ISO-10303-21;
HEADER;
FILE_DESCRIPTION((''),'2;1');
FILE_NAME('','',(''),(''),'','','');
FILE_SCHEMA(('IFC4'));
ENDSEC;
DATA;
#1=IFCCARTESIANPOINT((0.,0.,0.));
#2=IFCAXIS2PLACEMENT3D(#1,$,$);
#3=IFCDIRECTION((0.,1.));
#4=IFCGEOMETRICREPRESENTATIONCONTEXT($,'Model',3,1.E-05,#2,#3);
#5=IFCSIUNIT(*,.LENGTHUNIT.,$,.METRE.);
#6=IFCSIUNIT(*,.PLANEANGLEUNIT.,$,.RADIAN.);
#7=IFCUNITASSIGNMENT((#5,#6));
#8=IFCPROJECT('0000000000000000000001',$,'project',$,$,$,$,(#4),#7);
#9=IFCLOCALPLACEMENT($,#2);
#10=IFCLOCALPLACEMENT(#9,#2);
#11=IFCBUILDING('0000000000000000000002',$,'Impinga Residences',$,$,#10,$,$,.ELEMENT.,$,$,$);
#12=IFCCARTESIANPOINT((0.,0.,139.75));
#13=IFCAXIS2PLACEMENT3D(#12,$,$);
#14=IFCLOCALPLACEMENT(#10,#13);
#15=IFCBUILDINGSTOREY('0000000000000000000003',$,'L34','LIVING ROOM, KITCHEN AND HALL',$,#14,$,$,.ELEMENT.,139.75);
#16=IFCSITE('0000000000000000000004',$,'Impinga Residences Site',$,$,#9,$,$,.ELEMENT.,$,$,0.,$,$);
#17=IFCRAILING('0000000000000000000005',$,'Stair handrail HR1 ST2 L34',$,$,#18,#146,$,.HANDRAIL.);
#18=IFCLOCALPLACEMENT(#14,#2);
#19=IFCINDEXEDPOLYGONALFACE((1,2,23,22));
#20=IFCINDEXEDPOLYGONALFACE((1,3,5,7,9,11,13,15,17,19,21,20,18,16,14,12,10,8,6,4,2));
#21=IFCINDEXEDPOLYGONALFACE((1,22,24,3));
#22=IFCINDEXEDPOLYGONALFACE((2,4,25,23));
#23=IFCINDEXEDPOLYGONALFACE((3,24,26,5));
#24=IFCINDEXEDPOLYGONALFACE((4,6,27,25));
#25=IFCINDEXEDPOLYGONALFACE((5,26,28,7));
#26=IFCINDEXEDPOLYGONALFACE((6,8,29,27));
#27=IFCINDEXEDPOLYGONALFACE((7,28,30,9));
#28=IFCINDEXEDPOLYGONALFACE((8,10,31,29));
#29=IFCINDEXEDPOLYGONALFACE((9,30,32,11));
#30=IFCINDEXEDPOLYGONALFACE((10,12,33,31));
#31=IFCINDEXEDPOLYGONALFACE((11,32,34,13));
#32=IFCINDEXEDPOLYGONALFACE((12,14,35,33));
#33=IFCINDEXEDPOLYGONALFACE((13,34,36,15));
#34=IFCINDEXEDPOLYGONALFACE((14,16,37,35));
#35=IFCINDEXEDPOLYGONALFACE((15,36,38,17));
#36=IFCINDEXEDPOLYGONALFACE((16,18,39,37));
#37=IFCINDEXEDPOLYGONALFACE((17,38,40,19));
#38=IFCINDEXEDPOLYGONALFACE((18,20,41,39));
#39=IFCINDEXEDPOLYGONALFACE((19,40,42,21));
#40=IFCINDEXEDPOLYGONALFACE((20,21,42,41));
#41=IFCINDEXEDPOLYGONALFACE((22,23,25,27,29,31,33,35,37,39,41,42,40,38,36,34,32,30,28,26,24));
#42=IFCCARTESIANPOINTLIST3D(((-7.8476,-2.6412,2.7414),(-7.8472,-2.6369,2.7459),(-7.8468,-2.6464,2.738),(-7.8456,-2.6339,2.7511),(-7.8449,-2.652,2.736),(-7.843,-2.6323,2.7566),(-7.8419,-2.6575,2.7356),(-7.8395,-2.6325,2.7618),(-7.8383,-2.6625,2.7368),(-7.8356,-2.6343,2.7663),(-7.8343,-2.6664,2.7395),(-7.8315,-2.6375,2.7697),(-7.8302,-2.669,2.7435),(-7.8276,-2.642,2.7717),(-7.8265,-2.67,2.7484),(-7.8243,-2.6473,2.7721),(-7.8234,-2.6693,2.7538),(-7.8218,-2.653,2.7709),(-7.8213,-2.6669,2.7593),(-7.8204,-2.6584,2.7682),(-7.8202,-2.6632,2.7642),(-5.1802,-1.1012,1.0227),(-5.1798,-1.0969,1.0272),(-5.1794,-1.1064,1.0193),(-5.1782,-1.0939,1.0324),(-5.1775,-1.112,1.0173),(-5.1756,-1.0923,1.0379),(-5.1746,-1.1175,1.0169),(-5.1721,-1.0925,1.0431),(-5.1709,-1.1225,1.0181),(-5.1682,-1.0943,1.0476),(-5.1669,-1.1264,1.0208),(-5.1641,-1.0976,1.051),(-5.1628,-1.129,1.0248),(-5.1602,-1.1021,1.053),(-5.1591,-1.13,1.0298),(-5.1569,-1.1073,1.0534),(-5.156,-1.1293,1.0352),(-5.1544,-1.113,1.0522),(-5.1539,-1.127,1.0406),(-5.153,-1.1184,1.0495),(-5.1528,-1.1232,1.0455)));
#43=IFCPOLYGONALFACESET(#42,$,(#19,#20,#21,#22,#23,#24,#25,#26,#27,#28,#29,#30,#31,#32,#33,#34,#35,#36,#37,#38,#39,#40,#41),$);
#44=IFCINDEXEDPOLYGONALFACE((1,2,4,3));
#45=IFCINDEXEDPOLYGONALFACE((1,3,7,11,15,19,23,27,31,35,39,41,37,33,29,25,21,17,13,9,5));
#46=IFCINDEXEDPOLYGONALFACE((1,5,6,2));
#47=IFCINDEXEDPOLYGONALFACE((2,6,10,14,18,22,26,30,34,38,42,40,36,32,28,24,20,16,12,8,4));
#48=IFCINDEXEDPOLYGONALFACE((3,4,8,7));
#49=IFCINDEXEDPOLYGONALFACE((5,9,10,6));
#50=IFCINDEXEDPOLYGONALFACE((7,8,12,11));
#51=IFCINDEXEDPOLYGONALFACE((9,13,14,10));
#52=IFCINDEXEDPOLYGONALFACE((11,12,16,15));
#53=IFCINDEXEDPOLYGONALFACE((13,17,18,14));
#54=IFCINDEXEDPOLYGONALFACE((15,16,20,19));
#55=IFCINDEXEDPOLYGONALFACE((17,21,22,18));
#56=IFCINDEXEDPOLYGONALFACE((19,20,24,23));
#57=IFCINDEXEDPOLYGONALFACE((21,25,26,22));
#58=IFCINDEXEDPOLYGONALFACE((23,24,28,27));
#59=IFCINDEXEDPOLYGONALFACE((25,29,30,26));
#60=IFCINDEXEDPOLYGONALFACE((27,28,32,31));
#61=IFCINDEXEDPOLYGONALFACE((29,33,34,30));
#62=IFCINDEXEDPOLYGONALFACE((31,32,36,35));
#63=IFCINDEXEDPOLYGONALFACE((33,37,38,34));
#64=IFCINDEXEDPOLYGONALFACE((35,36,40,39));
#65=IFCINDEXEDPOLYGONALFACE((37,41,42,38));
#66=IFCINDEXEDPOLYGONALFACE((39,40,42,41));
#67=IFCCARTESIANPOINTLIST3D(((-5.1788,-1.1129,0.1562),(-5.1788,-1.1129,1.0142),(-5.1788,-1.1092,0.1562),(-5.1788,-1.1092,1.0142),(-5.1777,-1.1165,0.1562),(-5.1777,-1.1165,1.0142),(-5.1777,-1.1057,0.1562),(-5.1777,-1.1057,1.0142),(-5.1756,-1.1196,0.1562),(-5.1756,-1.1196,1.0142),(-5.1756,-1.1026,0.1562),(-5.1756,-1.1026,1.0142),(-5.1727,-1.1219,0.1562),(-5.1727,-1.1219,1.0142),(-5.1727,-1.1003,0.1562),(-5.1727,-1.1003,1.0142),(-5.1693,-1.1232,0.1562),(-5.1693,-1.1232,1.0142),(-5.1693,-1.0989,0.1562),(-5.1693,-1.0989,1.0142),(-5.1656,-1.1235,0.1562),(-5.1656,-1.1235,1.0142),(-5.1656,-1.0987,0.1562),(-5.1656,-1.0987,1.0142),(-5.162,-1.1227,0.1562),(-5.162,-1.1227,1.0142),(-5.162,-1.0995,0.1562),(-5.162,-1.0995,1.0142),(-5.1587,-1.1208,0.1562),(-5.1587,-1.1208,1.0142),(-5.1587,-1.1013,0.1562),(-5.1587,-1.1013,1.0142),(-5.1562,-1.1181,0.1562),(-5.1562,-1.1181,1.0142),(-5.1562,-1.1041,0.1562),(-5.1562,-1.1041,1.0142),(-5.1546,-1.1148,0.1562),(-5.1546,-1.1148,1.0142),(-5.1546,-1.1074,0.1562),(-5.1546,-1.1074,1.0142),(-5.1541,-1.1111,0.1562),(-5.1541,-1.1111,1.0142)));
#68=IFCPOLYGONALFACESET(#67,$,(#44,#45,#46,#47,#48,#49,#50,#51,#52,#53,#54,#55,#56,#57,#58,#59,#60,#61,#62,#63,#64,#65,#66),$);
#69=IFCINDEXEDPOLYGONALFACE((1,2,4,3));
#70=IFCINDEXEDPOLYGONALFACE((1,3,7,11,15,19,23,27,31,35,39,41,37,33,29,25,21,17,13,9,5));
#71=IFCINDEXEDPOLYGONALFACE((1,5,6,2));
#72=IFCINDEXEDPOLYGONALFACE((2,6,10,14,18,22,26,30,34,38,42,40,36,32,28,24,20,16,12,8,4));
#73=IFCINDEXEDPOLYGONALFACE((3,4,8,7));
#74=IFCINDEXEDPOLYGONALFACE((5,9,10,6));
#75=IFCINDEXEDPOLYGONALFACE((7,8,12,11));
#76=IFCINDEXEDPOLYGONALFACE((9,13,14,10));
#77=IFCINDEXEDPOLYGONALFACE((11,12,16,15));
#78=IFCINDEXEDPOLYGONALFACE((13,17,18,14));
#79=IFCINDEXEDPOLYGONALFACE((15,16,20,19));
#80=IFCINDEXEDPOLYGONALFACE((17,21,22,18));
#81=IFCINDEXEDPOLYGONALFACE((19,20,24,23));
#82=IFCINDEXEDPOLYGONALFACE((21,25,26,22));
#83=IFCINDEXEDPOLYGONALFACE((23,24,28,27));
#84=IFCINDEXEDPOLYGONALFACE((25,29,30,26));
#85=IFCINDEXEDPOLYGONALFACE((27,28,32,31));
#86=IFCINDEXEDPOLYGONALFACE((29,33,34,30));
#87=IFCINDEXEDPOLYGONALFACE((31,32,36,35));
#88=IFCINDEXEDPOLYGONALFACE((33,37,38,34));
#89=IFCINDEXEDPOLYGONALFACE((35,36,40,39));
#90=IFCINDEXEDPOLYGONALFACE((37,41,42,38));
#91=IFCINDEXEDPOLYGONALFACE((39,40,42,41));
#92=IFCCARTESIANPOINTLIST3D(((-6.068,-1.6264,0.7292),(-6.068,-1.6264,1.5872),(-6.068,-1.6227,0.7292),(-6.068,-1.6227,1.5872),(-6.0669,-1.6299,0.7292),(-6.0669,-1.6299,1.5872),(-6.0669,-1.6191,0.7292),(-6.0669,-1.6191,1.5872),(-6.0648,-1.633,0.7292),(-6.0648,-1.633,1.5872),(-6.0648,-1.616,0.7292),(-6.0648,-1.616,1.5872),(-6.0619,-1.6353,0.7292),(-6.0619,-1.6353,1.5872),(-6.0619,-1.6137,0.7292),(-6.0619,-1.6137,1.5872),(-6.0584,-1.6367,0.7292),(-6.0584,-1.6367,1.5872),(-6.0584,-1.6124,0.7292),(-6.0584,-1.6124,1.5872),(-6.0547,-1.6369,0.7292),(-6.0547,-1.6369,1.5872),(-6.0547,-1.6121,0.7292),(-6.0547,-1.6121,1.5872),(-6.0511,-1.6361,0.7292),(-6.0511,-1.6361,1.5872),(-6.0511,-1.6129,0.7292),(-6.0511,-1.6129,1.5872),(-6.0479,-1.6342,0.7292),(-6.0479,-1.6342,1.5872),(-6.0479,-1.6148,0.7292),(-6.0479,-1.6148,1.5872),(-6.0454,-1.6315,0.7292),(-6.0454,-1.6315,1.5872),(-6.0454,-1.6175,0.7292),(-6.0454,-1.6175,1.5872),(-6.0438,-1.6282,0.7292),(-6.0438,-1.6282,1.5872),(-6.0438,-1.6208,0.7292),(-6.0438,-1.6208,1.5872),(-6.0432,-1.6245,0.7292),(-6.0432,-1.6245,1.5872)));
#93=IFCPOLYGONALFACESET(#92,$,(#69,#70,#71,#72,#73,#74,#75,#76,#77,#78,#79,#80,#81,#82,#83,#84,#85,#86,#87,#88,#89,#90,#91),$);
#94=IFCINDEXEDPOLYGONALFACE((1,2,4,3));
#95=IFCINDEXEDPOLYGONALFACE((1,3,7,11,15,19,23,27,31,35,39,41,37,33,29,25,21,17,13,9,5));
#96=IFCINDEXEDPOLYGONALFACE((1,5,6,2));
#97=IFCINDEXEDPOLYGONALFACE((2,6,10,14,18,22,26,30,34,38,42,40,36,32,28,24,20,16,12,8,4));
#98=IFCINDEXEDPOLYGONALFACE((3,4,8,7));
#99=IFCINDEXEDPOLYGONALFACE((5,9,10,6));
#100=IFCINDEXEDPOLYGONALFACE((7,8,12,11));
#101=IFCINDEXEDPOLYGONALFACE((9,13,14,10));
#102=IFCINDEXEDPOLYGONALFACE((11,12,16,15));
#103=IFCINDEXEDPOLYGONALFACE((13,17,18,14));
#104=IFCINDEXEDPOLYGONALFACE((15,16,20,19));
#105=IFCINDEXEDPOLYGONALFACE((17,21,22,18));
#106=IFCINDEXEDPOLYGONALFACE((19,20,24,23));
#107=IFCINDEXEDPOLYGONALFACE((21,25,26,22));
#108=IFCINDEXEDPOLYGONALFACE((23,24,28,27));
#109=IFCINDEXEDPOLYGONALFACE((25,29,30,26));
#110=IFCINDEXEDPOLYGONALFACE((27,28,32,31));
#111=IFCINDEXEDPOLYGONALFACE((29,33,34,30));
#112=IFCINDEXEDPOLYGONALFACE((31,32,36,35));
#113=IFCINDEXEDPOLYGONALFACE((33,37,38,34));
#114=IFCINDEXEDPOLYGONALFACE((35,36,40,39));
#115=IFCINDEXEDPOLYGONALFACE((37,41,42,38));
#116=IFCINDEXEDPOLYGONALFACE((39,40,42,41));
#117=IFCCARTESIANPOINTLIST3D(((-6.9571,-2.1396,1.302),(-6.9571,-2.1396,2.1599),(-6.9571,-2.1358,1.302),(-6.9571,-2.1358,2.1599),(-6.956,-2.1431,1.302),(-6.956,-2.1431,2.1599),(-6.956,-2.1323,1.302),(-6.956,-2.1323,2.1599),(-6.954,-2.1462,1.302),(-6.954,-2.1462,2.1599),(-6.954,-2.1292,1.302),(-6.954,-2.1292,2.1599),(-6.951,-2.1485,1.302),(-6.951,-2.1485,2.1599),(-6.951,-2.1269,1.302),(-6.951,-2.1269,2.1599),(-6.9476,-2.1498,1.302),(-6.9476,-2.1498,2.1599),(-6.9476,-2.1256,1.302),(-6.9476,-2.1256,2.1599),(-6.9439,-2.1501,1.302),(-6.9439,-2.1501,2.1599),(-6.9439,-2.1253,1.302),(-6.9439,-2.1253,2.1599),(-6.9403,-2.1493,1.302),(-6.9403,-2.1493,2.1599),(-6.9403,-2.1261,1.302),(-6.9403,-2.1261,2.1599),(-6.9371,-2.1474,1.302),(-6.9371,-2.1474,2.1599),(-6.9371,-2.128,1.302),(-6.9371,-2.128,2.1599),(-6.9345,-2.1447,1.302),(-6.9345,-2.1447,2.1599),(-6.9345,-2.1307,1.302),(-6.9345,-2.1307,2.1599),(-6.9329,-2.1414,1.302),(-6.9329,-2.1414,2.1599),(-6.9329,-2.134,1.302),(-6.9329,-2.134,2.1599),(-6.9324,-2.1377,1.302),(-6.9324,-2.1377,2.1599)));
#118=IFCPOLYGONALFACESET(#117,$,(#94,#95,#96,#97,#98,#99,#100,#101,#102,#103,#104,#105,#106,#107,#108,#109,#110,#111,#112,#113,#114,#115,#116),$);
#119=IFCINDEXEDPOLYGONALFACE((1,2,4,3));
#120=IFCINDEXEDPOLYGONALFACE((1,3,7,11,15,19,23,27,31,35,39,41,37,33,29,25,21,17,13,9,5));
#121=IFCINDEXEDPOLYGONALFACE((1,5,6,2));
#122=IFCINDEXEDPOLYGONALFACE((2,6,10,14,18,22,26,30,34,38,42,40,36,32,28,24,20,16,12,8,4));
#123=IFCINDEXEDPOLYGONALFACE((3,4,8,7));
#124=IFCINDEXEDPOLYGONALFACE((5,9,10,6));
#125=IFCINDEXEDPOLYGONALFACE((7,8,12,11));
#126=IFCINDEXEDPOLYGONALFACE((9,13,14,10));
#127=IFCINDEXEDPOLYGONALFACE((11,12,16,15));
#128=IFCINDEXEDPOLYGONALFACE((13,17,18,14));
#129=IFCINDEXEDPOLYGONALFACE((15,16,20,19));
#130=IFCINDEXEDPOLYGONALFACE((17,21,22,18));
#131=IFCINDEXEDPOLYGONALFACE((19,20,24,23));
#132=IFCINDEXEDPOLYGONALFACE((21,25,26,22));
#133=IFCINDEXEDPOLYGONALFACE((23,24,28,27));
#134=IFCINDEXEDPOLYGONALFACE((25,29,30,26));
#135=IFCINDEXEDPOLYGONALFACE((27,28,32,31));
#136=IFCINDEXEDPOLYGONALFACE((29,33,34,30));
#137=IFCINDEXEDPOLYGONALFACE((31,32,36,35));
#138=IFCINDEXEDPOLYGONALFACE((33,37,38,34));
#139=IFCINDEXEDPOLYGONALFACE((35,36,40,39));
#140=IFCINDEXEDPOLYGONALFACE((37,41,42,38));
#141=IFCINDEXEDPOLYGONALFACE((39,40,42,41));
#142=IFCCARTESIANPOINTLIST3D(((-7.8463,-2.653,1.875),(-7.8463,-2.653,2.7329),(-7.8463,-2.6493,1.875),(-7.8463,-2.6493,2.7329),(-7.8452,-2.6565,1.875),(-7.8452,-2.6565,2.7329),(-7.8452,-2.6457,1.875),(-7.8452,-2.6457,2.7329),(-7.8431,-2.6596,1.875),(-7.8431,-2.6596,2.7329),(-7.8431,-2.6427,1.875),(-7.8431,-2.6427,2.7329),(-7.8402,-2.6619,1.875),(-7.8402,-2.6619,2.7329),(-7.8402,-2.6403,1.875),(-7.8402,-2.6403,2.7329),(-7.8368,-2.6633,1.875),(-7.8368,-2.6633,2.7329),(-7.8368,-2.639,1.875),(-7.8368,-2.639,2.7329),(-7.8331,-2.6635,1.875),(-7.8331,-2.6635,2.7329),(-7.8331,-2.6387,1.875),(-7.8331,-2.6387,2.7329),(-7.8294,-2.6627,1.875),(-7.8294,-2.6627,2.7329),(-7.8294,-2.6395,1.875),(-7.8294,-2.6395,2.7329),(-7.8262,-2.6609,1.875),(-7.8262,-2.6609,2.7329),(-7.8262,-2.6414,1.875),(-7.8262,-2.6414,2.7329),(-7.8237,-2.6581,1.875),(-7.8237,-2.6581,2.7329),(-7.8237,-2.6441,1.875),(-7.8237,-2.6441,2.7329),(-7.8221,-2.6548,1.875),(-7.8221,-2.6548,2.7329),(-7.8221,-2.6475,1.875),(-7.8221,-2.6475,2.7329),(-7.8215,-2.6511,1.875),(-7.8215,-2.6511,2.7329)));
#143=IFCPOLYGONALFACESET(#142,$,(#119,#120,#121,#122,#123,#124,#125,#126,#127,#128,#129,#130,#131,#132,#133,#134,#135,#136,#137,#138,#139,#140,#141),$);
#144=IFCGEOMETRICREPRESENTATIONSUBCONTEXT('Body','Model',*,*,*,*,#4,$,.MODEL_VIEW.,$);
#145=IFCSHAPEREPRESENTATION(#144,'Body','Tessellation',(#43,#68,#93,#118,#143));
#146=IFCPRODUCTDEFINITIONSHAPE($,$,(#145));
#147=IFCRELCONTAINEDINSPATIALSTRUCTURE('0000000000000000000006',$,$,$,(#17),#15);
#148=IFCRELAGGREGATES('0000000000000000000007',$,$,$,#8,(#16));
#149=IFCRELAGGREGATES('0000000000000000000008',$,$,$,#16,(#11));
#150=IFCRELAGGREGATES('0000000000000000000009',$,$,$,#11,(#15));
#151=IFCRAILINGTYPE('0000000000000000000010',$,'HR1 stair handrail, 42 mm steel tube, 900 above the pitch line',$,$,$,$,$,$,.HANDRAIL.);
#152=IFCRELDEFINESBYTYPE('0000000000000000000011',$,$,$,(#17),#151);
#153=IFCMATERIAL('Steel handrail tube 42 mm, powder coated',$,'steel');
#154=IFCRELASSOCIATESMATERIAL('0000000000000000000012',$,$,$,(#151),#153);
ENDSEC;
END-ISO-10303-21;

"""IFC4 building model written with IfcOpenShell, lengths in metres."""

from ifc_helpers import new_model, si_unit, direction, frame, origin, origin_2d, place, context, subcontext, project, spatial, circle, extrude, material, type_object, element, save


model = new_model("IFC4")

# Units and contexts
model_context = context("Model", 3, precision=1e-05, world=origin(), true_north=direction((0.0, 1.0)))
body_context = subcontext(model_context, "Body", "Model", "MODEL_VIEW")
ifc_project = project(units=[si_unit("LENGTHUNIT", "METRE"), si_unit("PLANEANGLEUNIT", "RADIAN")], contexts=[model_context])

# Site, building, storey
site_placement = place(None, origin())
site = spatial("IfcSite", under=ifc_project, at=site_placement, Name="Impinga Residences Site", CompositionType="ELEMENT", RefElevation=0.0)
building_placement = place(site_placement, origin())
building = spatial("IfcBuilding", under=site, at=building_placement, Name="Impinga Residences", CompositionType="ELEMENT")
storey_placement = place(building_placement, frame((0.0, 0.0, 139.75)))
storey = spatial("IfcBuildingStorey", under=building, at=storey_placement, Name="L34", Description="LIVING ROOM, KITCHEN AND HALL", CompositionType="ELEMENT", Elevation=139.75)

# Railing
ifc_material_1 = material(Name="Steel handrail tube 42 mm, powder coated", Category="steel")
railing_type_1 = type_object("IfcRailingType", Name="HR1 stair handrail, 42 mm steel tube, 900 above the pitch line", PredefinedType="HANDRAIL", material=ifc_material_1)
railing_1_placement = place(storey_placement, frame((-5.1665, -1.1111, 0.1562)))
element("IfcRailing", 1, at=railing_1_placement, inside=storey, type_object=railing_type_1, Name="Stair handrail HR1 ST2 L34", PredefinedType="HANDRAIL", context=body_context, shape_type="SweptSolid", body=[
    extrude(circle(Radius=0.021, at=origin_2d()), frame((0.0, 0.0, 0.8789), z_axis=(-0.756256, -0.436616, 0.487282), x_axis=(0.499992, -0.86603, 0.0)), (0.0, 0.0, 1.0), 3.5271),
    extrude(circle(Radius=0.0125, at=origin_2d()), origin(), (0.0, 0.0, 1.0), 0.8579),
    extrude(circle(Radius=0.0125, at=origin_2d()), frame((-0.8892, -0.5134, 0.573)), (0.0, 0.0, 1.0), 0.8579),
    extrude(circle(Radius=0.0125, at=origin_2d()), frame((-1.7783, -1.0266, 1.1458)), (0.0, 0.0, 1.0), 0.8579),
    extrude(circle(Radius=0.0125, at=origin_2d()), frame((-2.6675, -1.54, 1.7188)), (0.0, 0.0, 1.0), 0.8579),
])

save(model, "model.ifc")
